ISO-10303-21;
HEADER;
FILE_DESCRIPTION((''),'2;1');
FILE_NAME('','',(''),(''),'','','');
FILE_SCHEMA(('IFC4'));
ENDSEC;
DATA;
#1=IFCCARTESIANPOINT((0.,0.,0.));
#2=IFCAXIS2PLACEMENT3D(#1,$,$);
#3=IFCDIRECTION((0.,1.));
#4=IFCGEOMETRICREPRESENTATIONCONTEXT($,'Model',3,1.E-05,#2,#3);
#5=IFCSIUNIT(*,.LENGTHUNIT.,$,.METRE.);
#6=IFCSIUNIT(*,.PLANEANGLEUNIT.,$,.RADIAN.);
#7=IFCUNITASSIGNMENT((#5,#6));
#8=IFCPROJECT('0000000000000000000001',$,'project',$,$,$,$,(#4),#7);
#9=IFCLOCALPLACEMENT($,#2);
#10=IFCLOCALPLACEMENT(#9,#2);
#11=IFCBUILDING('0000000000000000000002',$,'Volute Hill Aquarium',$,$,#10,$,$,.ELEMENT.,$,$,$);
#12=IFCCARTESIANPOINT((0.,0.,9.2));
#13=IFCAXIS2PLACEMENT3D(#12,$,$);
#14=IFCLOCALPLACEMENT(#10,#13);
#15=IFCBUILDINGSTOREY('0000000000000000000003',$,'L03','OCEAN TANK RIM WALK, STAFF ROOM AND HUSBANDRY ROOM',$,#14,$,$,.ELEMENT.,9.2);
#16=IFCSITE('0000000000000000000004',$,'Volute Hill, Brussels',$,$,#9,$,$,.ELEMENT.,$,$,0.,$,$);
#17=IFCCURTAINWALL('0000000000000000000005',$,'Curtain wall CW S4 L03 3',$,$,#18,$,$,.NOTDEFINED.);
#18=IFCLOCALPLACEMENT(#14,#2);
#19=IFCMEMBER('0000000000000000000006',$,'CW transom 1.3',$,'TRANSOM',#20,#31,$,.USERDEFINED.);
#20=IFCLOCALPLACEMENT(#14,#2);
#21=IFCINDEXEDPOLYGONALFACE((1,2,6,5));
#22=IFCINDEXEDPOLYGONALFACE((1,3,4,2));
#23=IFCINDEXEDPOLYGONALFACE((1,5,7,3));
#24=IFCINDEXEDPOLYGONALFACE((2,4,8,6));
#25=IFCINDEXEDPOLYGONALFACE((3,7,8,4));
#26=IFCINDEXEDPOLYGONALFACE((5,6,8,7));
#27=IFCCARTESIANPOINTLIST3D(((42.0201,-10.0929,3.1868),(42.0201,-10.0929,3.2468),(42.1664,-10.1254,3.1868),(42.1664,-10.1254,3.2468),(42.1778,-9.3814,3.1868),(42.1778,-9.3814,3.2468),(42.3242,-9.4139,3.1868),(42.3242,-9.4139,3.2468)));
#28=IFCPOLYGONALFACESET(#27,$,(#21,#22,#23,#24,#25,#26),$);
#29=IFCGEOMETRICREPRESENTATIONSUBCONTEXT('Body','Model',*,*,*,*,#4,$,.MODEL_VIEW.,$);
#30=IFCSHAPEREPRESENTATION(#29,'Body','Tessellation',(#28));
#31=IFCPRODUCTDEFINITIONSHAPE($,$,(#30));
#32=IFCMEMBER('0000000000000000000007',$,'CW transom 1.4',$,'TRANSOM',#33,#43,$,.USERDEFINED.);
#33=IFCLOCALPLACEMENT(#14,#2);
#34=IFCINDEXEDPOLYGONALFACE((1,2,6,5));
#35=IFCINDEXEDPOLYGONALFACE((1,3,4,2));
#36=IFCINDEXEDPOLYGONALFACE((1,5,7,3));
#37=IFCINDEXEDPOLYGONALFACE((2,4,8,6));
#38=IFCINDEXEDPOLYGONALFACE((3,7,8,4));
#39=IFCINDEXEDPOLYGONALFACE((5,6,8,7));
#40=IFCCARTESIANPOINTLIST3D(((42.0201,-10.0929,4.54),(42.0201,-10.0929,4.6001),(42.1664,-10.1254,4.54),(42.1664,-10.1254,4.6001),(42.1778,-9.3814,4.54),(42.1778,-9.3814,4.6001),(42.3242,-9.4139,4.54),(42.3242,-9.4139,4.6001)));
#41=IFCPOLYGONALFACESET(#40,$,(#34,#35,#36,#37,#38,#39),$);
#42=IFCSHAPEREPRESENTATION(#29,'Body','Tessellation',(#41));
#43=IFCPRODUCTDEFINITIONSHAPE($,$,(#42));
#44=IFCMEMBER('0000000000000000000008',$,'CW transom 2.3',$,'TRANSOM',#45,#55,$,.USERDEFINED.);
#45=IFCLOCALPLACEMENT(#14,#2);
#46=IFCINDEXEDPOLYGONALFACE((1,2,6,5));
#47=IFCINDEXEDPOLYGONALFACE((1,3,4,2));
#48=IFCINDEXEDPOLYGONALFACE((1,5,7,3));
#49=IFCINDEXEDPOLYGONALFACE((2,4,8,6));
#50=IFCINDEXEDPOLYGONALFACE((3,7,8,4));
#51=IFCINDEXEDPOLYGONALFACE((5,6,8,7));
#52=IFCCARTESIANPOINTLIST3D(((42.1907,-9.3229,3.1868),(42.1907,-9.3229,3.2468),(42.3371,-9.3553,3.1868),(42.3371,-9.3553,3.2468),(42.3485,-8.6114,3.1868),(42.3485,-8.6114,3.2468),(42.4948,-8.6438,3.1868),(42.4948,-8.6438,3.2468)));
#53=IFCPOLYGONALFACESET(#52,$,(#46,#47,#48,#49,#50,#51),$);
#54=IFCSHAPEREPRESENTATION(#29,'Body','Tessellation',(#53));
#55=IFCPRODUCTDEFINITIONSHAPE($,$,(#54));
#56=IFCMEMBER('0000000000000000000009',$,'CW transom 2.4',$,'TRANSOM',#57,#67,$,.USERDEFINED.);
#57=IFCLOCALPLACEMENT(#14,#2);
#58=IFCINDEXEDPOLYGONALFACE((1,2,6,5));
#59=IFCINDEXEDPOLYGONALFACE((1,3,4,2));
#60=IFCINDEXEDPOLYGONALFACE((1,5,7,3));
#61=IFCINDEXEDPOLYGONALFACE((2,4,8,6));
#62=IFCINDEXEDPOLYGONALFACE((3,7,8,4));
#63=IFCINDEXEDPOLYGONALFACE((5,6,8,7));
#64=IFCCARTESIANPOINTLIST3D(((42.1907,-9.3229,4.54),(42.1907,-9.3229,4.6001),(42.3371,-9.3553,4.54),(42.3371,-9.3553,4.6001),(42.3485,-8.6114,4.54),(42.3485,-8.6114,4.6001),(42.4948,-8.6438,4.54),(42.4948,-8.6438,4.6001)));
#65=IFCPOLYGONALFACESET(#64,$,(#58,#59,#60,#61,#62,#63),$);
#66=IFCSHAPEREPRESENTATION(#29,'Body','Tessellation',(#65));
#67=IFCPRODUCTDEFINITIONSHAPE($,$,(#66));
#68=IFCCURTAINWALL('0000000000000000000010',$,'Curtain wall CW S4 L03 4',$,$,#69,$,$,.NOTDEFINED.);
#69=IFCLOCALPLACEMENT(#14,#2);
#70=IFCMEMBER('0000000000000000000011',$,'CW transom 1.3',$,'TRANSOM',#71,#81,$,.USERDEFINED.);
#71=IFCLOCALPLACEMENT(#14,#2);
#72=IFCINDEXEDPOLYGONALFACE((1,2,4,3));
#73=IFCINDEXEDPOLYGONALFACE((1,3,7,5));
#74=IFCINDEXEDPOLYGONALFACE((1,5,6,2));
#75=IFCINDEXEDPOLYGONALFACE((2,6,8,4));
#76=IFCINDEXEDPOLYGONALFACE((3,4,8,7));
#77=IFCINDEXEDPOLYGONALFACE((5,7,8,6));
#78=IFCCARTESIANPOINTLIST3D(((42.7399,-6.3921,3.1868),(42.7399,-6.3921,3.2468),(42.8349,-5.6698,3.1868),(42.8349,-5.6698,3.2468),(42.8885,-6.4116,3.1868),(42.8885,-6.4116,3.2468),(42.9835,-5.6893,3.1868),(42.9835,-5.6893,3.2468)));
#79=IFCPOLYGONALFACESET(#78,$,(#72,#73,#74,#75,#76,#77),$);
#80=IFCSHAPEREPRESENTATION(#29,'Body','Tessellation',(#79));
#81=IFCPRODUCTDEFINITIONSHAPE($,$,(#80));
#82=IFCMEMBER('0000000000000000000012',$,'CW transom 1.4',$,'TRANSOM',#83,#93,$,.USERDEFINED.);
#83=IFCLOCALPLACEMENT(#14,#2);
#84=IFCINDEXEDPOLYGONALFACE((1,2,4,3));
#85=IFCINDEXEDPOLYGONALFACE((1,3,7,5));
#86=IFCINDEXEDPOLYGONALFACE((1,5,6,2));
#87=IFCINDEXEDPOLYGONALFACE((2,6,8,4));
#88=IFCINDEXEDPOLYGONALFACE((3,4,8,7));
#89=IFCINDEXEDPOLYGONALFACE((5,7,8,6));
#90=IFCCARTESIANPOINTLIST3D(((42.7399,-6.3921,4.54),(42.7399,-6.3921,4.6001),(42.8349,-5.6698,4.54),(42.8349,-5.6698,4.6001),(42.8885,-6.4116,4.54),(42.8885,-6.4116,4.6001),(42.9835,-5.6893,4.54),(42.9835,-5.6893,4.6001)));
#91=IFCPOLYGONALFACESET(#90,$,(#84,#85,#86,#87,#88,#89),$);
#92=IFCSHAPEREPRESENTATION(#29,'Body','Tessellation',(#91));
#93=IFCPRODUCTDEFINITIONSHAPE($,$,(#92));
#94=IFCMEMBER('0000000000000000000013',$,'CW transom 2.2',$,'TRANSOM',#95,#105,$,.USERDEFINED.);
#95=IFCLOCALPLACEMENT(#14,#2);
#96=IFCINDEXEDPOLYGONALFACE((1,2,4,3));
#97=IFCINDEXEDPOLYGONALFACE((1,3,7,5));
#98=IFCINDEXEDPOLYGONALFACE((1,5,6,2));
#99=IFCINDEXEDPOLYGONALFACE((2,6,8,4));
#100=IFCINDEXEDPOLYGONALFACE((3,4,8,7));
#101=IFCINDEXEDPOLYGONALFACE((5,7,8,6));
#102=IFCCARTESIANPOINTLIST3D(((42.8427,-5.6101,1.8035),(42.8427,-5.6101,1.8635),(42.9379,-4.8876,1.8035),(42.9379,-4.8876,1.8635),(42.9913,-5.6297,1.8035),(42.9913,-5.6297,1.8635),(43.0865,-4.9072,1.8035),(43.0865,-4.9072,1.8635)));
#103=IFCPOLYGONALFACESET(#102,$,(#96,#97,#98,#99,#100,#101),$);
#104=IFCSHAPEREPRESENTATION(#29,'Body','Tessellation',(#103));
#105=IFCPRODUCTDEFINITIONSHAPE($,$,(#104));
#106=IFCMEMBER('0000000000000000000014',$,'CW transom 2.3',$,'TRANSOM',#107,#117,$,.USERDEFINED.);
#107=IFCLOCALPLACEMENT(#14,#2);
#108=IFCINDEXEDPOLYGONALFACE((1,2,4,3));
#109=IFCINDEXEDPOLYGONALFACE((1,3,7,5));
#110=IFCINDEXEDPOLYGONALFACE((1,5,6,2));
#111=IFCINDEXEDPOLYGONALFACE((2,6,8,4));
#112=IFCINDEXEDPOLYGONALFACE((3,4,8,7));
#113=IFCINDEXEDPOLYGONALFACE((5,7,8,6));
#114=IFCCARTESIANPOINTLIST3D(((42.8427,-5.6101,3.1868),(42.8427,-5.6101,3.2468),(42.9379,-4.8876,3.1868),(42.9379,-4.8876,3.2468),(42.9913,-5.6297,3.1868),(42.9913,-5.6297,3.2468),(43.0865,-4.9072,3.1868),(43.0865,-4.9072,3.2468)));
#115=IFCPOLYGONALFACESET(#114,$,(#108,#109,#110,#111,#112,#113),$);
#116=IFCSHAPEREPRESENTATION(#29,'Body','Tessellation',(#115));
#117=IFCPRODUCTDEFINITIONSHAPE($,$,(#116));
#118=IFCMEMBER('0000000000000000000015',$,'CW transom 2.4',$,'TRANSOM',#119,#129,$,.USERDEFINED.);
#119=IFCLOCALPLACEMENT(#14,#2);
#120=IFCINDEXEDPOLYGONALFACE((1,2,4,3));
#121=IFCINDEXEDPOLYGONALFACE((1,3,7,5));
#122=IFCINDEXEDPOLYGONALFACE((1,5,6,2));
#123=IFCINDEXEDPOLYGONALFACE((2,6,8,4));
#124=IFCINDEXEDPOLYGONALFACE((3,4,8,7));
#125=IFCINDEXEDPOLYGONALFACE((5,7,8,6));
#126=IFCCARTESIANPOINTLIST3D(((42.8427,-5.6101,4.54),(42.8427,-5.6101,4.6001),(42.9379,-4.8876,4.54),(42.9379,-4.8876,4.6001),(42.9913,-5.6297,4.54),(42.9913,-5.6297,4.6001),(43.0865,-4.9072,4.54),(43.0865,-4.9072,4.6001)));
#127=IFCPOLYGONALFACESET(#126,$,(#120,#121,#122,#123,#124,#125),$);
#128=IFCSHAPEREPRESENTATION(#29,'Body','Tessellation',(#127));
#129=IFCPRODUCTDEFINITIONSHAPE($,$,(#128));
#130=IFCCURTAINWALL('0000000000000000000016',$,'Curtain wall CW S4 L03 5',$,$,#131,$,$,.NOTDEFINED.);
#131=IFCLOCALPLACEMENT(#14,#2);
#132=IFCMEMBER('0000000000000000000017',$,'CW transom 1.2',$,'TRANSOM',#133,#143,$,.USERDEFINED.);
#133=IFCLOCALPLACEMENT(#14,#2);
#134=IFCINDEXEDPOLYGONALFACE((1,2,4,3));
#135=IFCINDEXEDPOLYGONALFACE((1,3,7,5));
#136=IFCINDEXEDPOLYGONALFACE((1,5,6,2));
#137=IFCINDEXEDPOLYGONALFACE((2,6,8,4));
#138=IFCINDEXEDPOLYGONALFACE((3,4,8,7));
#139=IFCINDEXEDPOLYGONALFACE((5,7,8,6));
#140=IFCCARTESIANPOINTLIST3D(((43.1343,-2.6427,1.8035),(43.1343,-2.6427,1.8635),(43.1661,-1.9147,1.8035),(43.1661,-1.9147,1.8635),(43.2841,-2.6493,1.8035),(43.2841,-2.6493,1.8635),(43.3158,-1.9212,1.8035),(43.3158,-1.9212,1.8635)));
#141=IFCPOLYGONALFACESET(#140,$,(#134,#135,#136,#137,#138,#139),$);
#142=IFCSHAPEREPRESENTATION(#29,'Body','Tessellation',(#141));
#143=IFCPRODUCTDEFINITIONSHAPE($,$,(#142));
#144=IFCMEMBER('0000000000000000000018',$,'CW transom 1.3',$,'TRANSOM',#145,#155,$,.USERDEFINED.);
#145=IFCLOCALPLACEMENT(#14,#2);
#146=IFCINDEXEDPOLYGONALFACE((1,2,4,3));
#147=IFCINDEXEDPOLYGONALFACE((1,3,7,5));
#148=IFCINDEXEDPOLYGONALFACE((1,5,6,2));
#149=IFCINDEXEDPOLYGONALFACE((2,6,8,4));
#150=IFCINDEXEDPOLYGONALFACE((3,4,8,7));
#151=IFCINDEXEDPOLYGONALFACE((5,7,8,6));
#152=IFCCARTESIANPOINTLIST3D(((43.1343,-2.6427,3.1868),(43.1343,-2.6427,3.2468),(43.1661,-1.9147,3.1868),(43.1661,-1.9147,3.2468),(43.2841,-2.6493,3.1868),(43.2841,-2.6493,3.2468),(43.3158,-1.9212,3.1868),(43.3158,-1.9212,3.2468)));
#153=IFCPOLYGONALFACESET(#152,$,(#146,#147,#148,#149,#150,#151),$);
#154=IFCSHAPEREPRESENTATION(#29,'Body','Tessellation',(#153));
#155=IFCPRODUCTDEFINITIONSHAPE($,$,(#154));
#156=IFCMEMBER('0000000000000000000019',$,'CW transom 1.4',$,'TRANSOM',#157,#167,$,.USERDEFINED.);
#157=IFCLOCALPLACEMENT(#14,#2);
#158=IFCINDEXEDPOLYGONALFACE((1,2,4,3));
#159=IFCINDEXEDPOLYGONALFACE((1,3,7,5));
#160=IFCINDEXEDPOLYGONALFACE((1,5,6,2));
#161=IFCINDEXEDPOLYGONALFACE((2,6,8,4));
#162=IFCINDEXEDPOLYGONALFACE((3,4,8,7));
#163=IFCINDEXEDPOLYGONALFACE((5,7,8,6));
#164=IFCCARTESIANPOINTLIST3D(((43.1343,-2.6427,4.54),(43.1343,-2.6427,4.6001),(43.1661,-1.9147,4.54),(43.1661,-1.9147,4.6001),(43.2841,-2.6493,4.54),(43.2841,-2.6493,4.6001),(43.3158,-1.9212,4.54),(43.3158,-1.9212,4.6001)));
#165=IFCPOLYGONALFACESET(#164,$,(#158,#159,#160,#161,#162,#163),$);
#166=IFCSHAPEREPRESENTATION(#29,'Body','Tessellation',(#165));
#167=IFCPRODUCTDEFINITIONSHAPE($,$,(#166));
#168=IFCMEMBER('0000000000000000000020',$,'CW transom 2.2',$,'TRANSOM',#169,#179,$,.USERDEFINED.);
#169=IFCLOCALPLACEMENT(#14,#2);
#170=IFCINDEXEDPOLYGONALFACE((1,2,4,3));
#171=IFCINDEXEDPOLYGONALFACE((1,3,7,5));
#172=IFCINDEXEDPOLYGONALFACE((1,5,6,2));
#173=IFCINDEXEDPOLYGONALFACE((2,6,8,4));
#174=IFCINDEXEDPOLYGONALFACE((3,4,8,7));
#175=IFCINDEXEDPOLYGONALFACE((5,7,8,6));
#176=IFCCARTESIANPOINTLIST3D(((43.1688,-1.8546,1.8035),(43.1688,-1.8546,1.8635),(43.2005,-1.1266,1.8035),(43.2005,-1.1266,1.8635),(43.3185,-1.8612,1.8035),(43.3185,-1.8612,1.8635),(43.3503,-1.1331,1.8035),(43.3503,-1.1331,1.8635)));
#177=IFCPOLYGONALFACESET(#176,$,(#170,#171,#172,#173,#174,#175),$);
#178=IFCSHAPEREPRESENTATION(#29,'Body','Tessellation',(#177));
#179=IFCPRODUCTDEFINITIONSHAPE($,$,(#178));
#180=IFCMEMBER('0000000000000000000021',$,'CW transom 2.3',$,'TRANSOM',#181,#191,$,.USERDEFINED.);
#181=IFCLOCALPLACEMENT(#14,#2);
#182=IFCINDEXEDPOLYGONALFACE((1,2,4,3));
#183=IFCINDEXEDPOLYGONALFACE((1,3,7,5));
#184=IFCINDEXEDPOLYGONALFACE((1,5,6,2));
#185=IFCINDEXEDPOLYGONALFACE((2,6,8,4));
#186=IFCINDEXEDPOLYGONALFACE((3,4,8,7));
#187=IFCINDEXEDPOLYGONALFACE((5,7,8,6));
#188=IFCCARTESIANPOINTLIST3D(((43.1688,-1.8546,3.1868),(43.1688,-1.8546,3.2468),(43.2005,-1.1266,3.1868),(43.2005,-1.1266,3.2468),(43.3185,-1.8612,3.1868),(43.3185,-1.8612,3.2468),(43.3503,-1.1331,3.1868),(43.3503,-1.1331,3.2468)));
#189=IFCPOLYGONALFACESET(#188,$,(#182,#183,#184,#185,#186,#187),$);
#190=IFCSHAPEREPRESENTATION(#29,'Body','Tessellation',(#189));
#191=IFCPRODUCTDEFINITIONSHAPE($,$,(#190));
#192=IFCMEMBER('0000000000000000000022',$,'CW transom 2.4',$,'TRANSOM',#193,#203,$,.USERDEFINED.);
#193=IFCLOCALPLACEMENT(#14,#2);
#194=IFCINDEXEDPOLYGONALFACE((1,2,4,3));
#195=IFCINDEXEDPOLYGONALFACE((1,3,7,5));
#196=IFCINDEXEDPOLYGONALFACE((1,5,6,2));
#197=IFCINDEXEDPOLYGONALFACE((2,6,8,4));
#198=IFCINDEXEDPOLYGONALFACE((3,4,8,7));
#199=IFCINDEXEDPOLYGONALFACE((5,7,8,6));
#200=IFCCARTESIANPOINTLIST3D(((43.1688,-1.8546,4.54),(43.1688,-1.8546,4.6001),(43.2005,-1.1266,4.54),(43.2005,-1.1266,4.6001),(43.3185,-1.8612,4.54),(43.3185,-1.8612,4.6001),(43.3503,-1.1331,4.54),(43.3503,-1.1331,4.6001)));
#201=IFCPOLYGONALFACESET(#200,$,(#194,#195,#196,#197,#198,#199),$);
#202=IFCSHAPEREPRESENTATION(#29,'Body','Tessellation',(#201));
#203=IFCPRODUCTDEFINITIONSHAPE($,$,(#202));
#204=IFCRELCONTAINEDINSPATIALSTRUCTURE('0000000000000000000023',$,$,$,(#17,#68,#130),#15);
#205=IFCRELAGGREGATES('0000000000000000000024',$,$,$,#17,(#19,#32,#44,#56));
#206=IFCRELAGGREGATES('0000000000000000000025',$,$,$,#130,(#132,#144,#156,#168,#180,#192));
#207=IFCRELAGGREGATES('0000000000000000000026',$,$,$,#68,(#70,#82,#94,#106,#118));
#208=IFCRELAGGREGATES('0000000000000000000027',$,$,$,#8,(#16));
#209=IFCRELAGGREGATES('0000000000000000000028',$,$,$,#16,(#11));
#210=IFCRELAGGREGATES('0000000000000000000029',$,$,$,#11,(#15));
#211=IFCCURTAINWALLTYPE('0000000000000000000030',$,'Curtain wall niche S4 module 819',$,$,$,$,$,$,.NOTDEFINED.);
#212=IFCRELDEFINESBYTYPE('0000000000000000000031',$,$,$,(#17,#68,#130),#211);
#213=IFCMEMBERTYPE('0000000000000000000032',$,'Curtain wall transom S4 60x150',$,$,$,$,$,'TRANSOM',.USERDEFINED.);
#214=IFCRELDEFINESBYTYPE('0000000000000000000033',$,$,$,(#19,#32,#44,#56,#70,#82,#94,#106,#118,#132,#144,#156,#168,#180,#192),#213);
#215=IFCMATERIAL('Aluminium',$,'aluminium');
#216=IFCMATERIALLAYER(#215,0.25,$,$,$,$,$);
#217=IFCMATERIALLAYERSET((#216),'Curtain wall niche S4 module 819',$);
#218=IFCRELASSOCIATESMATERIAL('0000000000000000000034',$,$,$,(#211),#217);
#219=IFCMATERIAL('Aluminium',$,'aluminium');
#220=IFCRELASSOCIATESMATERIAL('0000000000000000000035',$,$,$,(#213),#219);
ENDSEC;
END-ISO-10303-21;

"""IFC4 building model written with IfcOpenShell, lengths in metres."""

from ifc_helpers import new_model, si_unit, direction, frame, origin, origin_2d, place, context, subcontext, project, spatial, rectangle, extrude, material, layer, layer_set, material_profile, profile_set, type_object, element, aggregate, save


model = new_model("IFC4")

# Units and contexts
model_context = context("Model", 3, precision=1e-05, world=origin(), true_north=direction((0.0, 1.0)))
body_context = subcontext(model_context, "Body", "Model", "MODEL_VIEW")
ifc_project = project(units=[si_unit("LENGTHUNIT", "METRE"), si_unit("PLANEANGLEUNIT", "RADIAN")], contexts=[model_context])

# Site, building, storey
site_placement = place(None, origin())
site = spatial("IfcSite", under=ifc_project, at=site_placement, Name="Volute Hill, Brussels", CompositionType="ELEMENT", RefElevation=0.0)
building_placement = place(site_placement, origin())
building = spatial("IfcBuilding", under=site, at=building_placement, Name="Volute Hill Aquarium", CompositionType="ELEMENT")
storey_placement = place(building_placement, frame((0.0, 0.0, 9.2)))
storey = spatial("IfcBuildingStorey", under=building, at=storey_placement, Name="L03", Description="OCEAN TANK RIM WALK, STAFF ROOM AND HUSBANDRY ROOM", CompositionType="ELEMENT", Elevation=9.2)

# Curtain walls, members
ifc_material_1 = material(Name="Aluminium", Category="aluminium")
ifc_layer_1 = layer(ifc_material_1, 0.25)
ifc_layer_set_1 = layer_set([ifc_layer_1], Name="Curtain wall niche S4 module 819")
curtain_wall_type = type_object("IfcCurtainWallType", Name="Curtain wall niche S4 module 819", PredefinedType="NOTDEFINED", material=ifc_layer_set_1)
curtain_wall_1_placement = place(storey_placement, origin())
curtain_wall_1 = element("IfcCurtainWall", 1, at=curtain_wall_1_placement, inside=storey, type_object=curtain_wall_type, Name="Curtain wall CW S4 L03 3", PredefinedType="NOTDEFINED")
ifc_material_2 = material(Name="Aluminium", Category="aluminium")
ifc_material_profile_1 = material_profile(ifc_material_2, rectangle(XDim=0.1499, YDim=0.0601, at=origin_2d()), Name="Curtain wall transom S4 60x150")
ifc_profile_set_1 = profile_set([ifc_material_profile_1], Name="Aluminium")
member_type = type_object("IfcMemberType", Name="Curtain wall transom S4 60x150", ElementType="TRANSOM", PredefinedType="USERDEFINED", material=ifc_profile_set_1)
member_1_placement = place(storey_placement, frame((42.0933, -10.1091, 3.2168), z_axis=(0.216434, 0.976297, 0.0), x_axis=(-0.976297, 0.216434, 0.0)))
member_1 = element("IfcMember", 2, at=member_1_placement, type_object=member_type, Name="CW transom 1.3", ObjectType="TRANSOM", PredefinedType="USERDEFINED", context=body_context, shape_type="SweptSolid", body=[
    extrude(rectangle(XDim=0.1499, YDim=0.0601, at=origin_2d()), origin(), (0.0, 0.0, 1.0), 0.7288),
])
member_2_placement = place(storey_placement, frame((42.0933, -10.1091, 4.5701), z_axis=(0.216434, 0.976297, 0.0), x_axis=(-0.976297, 0.216434, 0.0)))
member_2 = element("IfcMember", 3, at=member_2_placement, type_object=member_type, Name="CW transom 1.4", ObjectType="TRANSOM", PredefinedType="USERDEFINED", context=body_context, shape_type="SweptSolid", body=[
    extrude(rectangle(XDim=0.1499, YDim=0.0601, at=origin_2d()), origin(), (0.0, 0.0, 1.0), 0.7288),
])
member_3_placement = place(storey_placement, frame((42.2639, -9.3391, 3.2168), z_axis=(0.216434, 0.976297, 0.0), x_axis=(-0.976297, 0.216434, 0.0)))
member_3 = element("IfcMember", 4, at=member_3_placement, type_object=member_type, Name="CW transom 2.3", ObjectType="TRANSOM", PredefinedType="USERDEFINED", context=body_context, shape_type="SweptSolid", body=[
    extrude(rectangle(XDim=0.1499, YDim=0.0601, at=origin_2d()), origin(), (0.0, 0.0, 1.0), 0.7288),
])
member_4_placement = place(storey_placement, frame((42.2639, -9.3391, 4.5701), z_axis=(0.216434, 0.976297, 0.0), x_axis=(-0.976297, 0.216434, 0.0)))
member_4 = element("IfcMember", 5, at=member_4_placement, type_object=member_type, Name="CW transom 2.4", ObjectType="TRANSOM", PredefinedType="USERDEFINED", context=body_context, shape_type="SweptSolid", body=[
    extrude(rectangle(XDim=0.1499, YDim=0.0601, at=origin_2d()), origin(), (0.0, 0.0, 1.0), 0.7288),
])
curtain_wall_2_placement = place(storey_placement, origin())
curtain_wall_2 = element("IfcCurtainWall", 6, at=curtain_wall_2_placement, inside=storey, type_object=curtain_wall_type, Name="Curtain wall CW S4 L03 4", PredefinedType="NOTDEFINED")
member_5_placement = place(storey_placement, frame((42.8142, -6.4019, 3.2168), z_axis=(0.130342, 0.991469, 0.0), x_axis=(-0.991469, 0.130342, 0.0)))
member_5 = element("IfcMember", 7, at=member_5_placement, type_object=member_type, Name="CW transom 1.3", ObjectType="TRANSOM", PredefinedType="USERDEFINED", context=body_context, shape_type="SweptSolid", body=[
    extrude(rectangle(XDim=0.1499, YDim=0.0601, at=origin_2d()), origin(), (0.0, 0.0, 1.0), 0.7285),
])
member_6_placement = place(storey_placement, frame((42.8142, -6.4019, 4.5701), z_axis=(0.130342, 0.991469, 0.0), x_axis=(-0.991469, 0.130342, 0.0)))
member_6 = element("IfcMember", 8, at=member_6_placement, type_object=member_type, Name="CW transom 1.4", ObjectType="TRANSOM", PredefinedType="USERDEFINED", context=body_context, shape_type="SweptSolid", body=[
    extrude(rectangle(XDim=0.1499, YDim=0.0601, at=origin_2d()), origin(), (0.0, 0.0, 1.0), 0.7285),
])
member_7_placement = place(storey_placement, frame((42.917, -5.6199, 1.8335), z_axis=(0.130671, 0.991426, 0.0), x_axis=(-0.991426, 0.130671, 0.0)))
member_7 = element("IfcMember", 9, at=member_7_placement, type_object=member_type, Name="CW transom 2.2", ObjectType="TRANSOM", PredefinedType="USERDEFINED", context=body_context, shape_type="SweptSolid", body=[
    extrude(rectangle(XDim=0.1499, YDim=0.0601, at=origin_2d()), origin(), (0.0, 0.0, 1.0), 0.7288),
])
member_8_placement = place(storey_placement, frame((42.917, -5.6199, 3.2168), z_axis=(0.130671, 0.991426, 0.0), x_axis=(-0.991426, 0.130671, 0.0)))
member_8 = element("IfcMember", 10, at=member_8_placement, type_object=member_type, Name="CW transom 2.3", ObjectType="TRANSOM", PredefinedType="USERDEFINED", context=body_context, shape_type="SweptSolid", body=[
    extrude(rectangle(XDim=0.1499, YDim=0.0601, at=origin_2d()), origin(), (0.0, 0.0, 1.0), 0.7288),
])
member_9_placement = place(storey_placement, frame((42.917, -5.6199, 4.5701), z_axis=(0.130671, 0.991426, 0.0), x_axis=(-0.991426, 0.130671, 0.0)))
member_9 = element("IfcMember", 11, at=member_9_placement, type_object=member_type, Name="CW transom 2.4", ObjectType="TRANSOM", PredefinedType="USERDEFINED", context=body_context, shape_type="SweptSolid", body=[
    extrude(rectangle(XDim=0.1499, YDim=0.0601, at=origin_2d()), origin(), (0.0, 0.0, 1.0), 0.7288),
])
curtain_wall_3_placement = place(storey_placement, origin())
curtain_wall_3 = element("IfcCurtainWall", 12, at=curtain_wall_3_placement, inside=storey, type_object=curtain_wall_type, Name="Curtain wall CW S4 L03 5", PredefinedType="NOTDEFINED")
member_10_placement = place(storey_placement, frame((43.2092, -2.646, 1.8335), z_axis=(0.043554, 0.999051, 0.0), x_axis=(-0.999051, 0.043554, 0.0)))
member_10 = element("IfcMember", 13, at=member_10_placement, type_object=member_type, Name="CW transom 1.2", ObjectType="TRANSOM", PredefinedType="USERDEFINED", context=body_context, shape_type="SweptSolid", body=[
    extrude(rectangle(XDim=0.1499, YDim=0.0601, at=origin_2d()), origin(), (0.0, 0.0, 1.0), 0.7288),
])
member_11_placement = place(storey_placement, frame((43.2092, -2.646, 3.2168), z_axis=(0.043554, 0.999051, 0.0), x_axis=(-0.999051, 0.043554, 0.0)))
member_11 = element("IfcMember", 14, at=member_11_placement, type_object=member_type, Name="CW transom 1.3", ObjectType="TRANSOM", PredefinedType="USERDEFINED", context=body_context, shape_type="SweptSolid", body=[
    extrude(rectangle(XDim=0.1499, YDim=0.0601, at=origin_2d()), origin(), (0.0, 0.0, 1.0), 0.7288),
])
member_12_placement = place(storey_placement, frame((43.2092, -2.646, 4.5701), z_axis=(0.043554, 0.999051, 0.0), x_axis=(-0.999051, 0.043554, 0.0)))
member_12 = element("IfcMember", 15, at=member_12_placement, type_object=member_type, Name="CW transom 1.4", ObjectType="TRANSOM", PredefinedType="USERDEFINED", context=body_context, shape_type="SweptSolid", body=[
    extrude(rectangle(XDim=0.1499, YDim=0.0601, at=origin_2d()), origin(), (0.0, 0.0, 1.0), 0.7288),
])
member_13_placement = place(storey_placement, frame((43.2437, -1.8579, 1.8335), z_axis=(0.043554, 0.999051, 0.0), x_axis=(-0.999051, 0.043554, 0.0)))
member_13 = element("IfcMember", 16, at=member_13_placement, type_object=member_type, Name="CW transom 2.2", ObjectType="TRANSOM", PredefinedType="USERDEFINED", context=body_context, shape_type="SweptSolid", body=[
    extrude(rectangle(XDim=0.1499, YDim=0.0601, at=origin_2d()), origin(), (0.0, 0.0, 1.0), 0.7288),
])
member_14_placement = place(storey_placement, frame((43.2437, -1.8579, 3.2168), z_axis=(0.043554, 0.999051, 0.0), x_axis=(-0.999051, 0.043554, 0.0)))
member_14 = element("IfcMember", 17, at=member_14_placement, type_object=member_type, Name="CW transom 2.3", ObjectType="TRANSOM", PredefinedType="USERDEFINED", context=body_context, shape_type="SweptSolid", body=[
    extrude(rectangle(XDim=0.1499, YDim=0.0601, at=origin_2d()), origin(), (0.0, 0.0, 1.0), 0.7288),
])
member_15_placement = place(storey_placement, frame((43.2437, -1.8579, 4.5701), z_axis=(0.043554, 0.999051, 0.0), x_axis=(-0.999051, 0.043554, 0.0)))
member_15 = element("IfcMember", 18, at=member_15_placement, type_object=member_type, Name="CW transom 2.4", ObjectType="TRANSOM", PredefinedType="USERDEFINED", context=body_context, shape_type="SweptSolid", body=[
    extrude(rectangle(XDim=0.1499, YDim=0.0601, at=origin_2d()), origin(), (0.0, 0.0, 1.0), 0.7288),
])

aggregate(curtain_wall_1, [member_1, member_2, member_3, member_4])
aggregate(curtain_wall_3, [member_10, member_11, member_12, member_13, member_14, member_15])
aggregate(curtain_wall_2, [member_5, member_6, member_7, member_8, member_9])

save(model, "model.ifc")
